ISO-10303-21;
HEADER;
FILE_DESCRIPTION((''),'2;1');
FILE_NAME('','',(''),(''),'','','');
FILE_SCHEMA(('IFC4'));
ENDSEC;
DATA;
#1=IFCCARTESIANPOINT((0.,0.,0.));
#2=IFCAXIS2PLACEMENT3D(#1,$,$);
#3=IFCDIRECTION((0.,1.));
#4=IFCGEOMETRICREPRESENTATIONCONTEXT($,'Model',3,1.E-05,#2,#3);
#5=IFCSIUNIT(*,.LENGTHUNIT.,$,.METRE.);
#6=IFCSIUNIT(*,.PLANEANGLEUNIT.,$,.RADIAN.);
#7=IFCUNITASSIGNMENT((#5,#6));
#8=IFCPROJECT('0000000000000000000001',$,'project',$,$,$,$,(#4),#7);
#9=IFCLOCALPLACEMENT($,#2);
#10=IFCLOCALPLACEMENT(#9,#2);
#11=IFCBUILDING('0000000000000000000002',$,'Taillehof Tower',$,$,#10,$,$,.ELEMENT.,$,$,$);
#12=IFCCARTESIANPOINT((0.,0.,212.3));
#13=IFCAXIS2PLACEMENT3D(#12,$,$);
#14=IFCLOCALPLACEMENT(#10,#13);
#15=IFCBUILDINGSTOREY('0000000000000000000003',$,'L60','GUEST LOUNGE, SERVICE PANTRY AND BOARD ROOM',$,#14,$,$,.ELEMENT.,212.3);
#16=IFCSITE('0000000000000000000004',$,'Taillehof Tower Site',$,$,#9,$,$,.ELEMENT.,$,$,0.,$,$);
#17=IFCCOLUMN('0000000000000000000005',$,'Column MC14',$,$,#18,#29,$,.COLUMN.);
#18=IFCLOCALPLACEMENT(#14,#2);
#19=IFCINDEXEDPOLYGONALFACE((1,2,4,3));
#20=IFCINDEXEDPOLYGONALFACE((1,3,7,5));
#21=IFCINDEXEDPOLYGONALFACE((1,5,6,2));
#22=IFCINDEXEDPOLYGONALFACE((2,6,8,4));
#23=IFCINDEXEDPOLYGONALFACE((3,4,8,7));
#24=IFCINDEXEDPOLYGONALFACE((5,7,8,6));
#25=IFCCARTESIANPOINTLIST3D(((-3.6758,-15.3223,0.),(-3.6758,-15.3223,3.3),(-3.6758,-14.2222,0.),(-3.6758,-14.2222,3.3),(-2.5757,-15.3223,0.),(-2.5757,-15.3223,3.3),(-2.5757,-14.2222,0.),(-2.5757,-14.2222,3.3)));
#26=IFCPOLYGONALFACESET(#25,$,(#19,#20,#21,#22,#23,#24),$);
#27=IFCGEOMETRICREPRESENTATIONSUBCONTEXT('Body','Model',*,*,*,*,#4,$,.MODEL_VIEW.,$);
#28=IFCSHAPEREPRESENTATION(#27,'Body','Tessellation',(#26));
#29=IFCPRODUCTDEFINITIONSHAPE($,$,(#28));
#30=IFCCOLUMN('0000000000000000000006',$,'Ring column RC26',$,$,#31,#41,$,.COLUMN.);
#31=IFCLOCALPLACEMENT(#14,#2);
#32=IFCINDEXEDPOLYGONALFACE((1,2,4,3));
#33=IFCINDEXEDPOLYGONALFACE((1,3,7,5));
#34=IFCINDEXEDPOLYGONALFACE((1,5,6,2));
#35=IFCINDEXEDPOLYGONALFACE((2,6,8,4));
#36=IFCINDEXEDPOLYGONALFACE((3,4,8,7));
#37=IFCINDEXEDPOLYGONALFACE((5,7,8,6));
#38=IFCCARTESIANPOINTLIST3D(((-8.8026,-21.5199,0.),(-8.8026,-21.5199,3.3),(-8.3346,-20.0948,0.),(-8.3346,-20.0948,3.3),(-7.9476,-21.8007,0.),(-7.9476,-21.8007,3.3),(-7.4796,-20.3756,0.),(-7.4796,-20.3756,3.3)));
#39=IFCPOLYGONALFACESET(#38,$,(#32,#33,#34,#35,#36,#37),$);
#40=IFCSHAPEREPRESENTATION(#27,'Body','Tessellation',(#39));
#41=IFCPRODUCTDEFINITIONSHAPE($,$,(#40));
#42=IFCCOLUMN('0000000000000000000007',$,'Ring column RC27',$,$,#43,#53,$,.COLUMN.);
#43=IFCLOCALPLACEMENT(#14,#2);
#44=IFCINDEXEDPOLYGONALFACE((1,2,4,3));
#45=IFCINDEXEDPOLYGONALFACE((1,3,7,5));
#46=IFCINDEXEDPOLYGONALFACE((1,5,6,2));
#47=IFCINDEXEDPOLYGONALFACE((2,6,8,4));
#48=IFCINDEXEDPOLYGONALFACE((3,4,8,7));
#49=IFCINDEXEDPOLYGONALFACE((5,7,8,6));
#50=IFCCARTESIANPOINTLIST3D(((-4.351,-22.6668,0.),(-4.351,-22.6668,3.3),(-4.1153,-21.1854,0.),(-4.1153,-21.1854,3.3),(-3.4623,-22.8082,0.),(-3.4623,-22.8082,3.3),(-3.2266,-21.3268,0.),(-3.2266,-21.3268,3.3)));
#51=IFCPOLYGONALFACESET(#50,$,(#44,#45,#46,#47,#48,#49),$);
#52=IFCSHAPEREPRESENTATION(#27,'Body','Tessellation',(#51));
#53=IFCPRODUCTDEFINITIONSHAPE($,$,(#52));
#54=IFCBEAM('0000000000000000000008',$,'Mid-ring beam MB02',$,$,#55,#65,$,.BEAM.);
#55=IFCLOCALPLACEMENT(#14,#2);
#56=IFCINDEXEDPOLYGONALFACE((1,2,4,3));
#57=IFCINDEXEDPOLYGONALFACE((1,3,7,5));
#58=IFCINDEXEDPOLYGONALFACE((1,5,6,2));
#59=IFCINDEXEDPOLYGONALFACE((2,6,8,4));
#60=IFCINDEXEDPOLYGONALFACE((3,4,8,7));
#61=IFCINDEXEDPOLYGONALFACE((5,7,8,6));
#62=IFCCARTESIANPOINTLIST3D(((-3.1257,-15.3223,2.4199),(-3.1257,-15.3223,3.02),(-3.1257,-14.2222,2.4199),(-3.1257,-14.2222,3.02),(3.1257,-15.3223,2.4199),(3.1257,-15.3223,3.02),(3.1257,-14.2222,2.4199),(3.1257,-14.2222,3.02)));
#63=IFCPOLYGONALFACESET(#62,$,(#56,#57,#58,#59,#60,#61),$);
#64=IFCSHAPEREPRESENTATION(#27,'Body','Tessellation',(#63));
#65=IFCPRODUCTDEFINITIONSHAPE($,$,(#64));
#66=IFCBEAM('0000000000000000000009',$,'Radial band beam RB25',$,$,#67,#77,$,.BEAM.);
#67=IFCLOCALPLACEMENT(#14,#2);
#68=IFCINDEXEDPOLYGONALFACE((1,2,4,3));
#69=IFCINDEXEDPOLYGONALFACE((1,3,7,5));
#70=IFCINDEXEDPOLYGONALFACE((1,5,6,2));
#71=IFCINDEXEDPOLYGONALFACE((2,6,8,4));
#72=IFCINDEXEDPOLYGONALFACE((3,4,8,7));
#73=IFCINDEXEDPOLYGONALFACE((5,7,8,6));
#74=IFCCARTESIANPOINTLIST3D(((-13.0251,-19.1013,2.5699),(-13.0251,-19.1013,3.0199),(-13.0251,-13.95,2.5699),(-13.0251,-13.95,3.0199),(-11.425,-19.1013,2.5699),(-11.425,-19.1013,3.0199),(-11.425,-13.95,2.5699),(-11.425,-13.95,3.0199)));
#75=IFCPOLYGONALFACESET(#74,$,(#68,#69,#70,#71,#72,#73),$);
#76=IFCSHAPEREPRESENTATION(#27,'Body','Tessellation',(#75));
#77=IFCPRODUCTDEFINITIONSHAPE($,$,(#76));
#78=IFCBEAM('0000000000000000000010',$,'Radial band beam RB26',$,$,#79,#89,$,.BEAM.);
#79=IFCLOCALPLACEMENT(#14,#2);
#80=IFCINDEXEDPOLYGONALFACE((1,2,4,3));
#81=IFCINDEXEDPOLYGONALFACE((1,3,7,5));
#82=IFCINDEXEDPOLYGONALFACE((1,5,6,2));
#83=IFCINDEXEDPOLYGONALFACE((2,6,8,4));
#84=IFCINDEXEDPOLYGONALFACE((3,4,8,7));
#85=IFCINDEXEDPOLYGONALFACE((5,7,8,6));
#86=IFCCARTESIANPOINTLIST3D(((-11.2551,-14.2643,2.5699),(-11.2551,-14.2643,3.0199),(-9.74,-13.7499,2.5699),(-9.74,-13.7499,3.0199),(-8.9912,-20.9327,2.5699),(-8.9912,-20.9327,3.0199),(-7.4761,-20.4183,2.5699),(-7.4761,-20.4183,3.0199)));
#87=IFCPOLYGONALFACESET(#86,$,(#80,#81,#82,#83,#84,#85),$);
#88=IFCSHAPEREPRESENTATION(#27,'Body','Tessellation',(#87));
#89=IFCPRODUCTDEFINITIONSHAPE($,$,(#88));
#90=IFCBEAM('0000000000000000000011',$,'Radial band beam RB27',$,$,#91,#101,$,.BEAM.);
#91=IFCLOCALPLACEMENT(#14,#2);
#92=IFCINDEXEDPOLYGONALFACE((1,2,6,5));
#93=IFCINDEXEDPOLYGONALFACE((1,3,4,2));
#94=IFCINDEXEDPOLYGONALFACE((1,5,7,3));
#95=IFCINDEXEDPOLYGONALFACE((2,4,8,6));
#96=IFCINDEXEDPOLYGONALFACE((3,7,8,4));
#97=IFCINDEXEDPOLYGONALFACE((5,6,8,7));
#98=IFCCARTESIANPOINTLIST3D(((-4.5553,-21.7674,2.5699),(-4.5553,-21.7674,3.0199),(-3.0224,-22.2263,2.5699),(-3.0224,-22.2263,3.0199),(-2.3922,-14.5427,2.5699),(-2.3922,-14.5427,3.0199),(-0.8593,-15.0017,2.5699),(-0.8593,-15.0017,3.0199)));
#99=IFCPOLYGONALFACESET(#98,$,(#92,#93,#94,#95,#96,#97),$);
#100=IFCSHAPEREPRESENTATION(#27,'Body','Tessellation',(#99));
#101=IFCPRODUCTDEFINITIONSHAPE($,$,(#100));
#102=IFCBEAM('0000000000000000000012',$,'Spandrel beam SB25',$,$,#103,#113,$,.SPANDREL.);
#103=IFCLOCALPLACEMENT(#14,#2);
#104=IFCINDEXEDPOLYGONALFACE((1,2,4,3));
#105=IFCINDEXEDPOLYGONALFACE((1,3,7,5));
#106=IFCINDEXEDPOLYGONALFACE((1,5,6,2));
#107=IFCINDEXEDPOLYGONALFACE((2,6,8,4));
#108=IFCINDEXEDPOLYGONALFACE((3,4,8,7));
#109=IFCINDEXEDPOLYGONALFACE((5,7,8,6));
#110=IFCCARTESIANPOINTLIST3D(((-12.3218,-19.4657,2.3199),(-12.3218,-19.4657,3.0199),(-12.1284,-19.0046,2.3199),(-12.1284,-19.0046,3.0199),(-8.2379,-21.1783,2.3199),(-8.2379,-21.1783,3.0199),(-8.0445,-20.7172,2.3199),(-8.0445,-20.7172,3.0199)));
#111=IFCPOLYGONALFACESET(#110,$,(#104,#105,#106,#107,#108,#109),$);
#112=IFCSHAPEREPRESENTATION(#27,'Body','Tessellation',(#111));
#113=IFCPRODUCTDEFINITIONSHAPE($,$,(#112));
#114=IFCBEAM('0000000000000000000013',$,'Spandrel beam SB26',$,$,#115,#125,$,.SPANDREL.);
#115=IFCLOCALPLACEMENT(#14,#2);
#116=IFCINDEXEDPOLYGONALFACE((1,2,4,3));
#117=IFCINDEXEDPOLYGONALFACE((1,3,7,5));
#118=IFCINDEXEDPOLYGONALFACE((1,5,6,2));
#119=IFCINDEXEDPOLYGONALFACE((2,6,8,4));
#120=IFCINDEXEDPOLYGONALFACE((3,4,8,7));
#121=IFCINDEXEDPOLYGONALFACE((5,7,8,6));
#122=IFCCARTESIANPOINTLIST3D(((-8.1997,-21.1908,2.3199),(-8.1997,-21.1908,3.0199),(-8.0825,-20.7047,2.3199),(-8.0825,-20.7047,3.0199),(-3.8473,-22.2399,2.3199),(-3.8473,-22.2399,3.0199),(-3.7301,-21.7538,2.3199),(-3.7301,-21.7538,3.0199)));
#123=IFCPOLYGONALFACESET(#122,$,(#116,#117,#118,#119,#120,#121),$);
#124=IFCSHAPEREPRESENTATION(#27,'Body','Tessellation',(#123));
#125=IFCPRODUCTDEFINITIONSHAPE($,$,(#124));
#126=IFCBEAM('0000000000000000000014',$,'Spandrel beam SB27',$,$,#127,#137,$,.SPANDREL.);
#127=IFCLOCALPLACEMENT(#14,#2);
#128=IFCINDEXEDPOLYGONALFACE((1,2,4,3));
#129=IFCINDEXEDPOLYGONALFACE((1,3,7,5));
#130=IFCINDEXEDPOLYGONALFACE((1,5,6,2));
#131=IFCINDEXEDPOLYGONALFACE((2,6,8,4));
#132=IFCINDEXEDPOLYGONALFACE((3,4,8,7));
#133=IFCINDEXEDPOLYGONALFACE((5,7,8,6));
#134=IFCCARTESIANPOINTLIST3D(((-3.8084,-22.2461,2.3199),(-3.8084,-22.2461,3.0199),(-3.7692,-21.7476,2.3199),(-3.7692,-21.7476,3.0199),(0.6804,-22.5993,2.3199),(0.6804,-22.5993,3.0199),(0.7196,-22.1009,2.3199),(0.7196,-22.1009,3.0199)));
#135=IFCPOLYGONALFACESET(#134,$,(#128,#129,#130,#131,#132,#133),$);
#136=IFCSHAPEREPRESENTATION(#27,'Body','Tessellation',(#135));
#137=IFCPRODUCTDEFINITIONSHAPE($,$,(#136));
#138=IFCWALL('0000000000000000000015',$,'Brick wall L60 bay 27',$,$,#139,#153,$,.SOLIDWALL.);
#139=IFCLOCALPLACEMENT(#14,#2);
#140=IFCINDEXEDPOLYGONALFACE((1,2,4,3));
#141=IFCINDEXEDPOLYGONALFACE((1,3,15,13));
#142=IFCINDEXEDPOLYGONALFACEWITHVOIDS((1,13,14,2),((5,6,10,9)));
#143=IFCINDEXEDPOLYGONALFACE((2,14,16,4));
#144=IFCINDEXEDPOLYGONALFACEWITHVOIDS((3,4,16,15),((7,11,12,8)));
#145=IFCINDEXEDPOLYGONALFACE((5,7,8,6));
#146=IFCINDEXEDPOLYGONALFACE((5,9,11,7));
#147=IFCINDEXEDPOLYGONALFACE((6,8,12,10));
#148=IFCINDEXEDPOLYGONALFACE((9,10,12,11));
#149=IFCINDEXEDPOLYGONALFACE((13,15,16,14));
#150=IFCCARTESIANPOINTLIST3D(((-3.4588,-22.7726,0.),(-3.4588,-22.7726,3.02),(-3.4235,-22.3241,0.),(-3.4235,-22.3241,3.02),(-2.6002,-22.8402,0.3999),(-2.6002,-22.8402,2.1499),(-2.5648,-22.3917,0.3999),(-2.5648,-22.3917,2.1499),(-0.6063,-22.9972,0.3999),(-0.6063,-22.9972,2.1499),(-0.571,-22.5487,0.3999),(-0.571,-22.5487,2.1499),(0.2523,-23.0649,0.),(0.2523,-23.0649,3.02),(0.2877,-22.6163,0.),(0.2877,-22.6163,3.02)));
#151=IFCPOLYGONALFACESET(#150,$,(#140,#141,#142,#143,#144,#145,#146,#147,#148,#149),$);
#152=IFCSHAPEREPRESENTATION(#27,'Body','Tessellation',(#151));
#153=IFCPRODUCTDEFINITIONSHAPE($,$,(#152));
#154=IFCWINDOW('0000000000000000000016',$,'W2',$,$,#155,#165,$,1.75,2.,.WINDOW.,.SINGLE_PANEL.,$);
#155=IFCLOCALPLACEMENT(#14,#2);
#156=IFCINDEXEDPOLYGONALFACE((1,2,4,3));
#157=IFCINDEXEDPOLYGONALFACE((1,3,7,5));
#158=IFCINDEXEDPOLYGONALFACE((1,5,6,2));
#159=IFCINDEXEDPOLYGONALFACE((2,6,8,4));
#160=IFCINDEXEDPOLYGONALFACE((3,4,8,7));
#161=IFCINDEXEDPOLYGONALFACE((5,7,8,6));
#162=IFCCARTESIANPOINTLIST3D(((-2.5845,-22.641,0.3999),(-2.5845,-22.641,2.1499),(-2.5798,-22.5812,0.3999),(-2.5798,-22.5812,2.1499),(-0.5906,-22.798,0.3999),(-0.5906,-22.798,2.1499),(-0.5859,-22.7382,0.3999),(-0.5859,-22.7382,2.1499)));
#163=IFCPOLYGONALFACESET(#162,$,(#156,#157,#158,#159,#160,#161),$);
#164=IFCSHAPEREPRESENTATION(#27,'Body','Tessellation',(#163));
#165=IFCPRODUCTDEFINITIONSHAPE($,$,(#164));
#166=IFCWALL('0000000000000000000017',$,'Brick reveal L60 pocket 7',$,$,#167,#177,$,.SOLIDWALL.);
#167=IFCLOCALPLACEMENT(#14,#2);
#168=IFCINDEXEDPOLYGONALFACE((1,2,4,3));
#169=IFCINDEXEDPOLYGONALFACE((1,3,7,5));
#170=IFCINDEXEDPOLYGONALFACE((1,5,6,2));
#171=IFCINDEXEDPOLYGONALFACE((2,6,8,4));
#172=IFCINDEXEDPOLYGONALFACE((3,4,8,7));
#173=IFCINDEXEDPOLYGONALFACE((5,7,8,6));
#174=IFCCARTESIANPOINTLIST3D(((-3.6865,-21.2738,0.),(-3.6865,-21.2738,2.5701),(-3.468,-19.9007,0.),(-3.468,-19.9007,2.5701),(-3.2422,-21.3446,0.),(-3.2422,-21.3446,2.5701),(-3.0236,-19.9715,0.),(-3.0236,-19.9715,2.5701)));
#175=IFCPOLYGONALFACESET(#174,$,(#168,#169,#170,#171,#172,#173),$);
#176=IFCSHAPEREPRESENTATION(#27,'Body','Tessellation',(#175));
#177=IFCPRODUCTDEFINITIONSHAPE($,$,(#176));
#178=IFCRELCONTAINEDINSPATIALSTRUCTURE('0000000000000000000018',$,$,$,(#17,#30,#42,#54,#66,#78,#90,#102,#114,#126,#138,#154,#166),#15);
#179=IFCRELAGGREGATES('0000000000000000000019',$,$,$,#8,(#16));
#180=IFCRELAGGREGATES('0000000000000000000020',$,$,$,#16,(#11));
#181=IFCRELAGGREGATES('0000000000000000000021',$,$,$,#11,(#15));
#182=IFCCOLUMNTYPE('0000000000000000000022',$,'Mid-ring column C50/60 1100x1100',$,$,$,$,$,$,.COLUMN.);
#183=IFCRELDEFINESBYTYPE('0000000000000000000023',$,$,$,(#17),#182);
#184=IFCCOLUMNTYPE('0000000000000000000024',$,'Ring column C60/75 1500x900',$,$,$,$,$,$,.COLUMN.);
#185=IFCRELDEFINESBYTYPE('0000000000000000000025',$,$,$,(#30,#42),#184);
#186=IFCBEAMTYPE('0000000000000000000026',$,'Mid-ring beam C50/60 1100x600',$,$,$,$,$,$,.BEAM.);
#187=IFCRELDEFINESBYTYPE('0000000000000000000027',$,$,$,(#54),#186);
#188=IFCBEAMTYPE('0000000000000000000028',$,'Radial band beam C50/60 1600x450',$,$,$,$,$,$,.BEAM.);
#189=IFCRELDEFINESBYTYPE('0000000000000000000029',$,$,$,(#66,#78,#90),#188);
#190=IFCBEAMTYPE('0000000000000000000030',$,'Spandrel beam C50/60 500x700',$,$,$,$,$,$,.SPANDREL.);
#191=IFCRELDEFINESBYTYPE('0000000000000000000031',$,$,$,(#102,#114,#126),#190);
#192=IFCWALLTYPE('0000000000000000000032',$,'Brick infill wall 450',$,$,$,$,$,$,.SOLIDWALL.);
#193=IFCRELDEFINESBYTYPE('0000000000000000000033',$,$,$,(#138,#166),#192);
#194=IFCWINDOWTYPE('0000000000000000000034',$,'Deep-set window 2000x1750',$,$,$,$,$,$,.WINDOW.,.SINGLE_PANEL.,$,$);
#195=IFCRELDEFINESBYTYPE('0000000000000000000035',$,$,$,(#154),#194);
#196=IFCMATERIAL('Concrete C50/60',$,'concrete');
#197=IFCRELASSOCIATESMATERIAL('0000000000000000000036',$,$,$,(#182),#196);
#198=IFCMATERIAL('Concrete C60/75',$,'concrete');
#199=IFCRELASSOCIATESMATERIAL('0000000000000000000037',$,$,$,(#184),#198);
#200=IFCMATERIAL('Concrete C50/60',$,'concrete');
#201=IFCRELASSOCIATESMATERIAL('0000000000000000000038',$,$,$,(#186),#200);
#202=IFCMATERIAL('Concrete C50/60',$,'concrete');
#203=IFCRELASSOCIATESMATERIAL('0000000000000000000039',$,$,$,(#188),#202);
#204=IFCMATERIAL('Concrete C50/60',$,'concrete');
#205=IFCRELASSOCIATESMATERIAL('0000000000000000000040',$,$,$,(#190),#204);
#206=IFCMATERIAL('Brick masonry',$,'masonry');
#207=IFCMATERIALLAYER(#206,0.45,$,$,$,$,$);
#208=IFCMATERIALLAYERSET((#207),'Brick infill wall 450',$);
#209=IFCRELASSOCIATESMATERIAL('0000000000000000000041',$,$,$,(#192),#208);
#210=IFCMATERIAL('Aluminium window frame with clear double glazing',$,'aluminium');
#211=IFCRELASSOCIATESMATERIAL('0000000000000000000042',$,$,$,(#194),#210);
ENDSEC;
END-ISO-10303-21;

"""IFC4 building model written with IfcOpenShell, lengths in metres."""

from ifc_helpers import new_model, si_unit, direction, frame, frame_2d, origin, origin_2d, place, context, subcontext, project, spatial, rectangle, extrude, material, layer, layer_set, material_profile, profile_set, type_object, element, fill, save


model = new_model("IFC4")

# Units and contexts
model_context = context("Model", 3, precision=1e-05, world=origin(), true_north=direction((0.0, 1.0)))
body_context = subcontext(model_context, "Body", "Model", "MODEL_VIEW")
ifc_project = project(units=[si_unit("LENGTHUNIT", "METRE"), si_unit("PLANEANGLEUNIT", "RADIAN")], contexts=[model_context])

# Site, building, storey
site_placement = place(None, origin())
site = spatial("IfcSite", under=ifc_project, at=site_placement, Name="Taillehof Tower Site", CompositionType="ELEMENT", RefElevation=0.0)
building_placement = place(site_placement, origin())
building = spatial("IfcBuilding", under=site, at=building_placement, Name="Taillehof Tower", CompositionType="ELEMENT")
storey_placement = place(building_placement, frame((0.0, 0.0, 212.3)))
storey = spatial("IfcBuildingStorey", under=building, at=storey_placement, Name="L60", Description="GUEST LOUNGE, SERVICE PANTRY AND BOARD ROOM", CompositionType="ELEMENT", Elevation=212.3)

# Columns
ifc_material_1 = material(Name="Concrete C50/60", Category="concrete")
ifc_material_profile_1 = material_profile(ifc_material_1, rectangle(XDim=1.1001, YDim=1.1001, at=origin_2d()), Name="RC 1100x1100")
ifc_profile_set_1 = profile_set([ifc_material_profile_1], Name="Concrete C50/60")
column_type_1 = type_object("IfcColumnType", Name="Mid-ring column C50/60 1100x1100", PredefinedType="COLUMN", material=ifc_profile_set_1)
column_placement = place(storey_placement, frame((-3.1257, -14.7722, 0.0), z_axis=(0.0, 0.0, 1.0), x_axis=(1.0, 0.0, 0.0)))
element("IfcColumn", 1, at=column_placement, inside=storey, type_object=column_type_1, Name="Column MC14", PredefinedType="COLUMN", context=body_context, shape_type="SweptSolid", body=[
    extrude(rectangle(XDim=1.1001, YDim=1.1001, at=origin_2d()), origin(), (0.0, 0.0, 1.0), 3.3),
])
ifc_material_2 = material(Name="Concrete C60/75", Category="concrete")
ifc_material_profile_2 = material_profile(ifc_material_2, rectangle(XDim=1.5, YDim=0.8999, at=origin_2d()), Name="RC 1500x900")
ifc_profile_set_2 = profile_set([ifc_material_profile_2], Name="Concrete C60/75")
column_type_2 = type_object("IfcColumnType", Name="Ring column C60/75 1500x900", PredefinedType="COLUMN", material=ifc_profile_set_2)
for number, where, z_axis, x_axis, name in (
    (2, (-8.1411, -20.9478, 0.0), (0.0, 0.0, 1.0), (-0.312001, -0.950082, 0.0), "Ring column RC26"),
    (3, (-3.7888, -21.9968, 0.0), (0.0, 0.0, 1.0), (-0.157116, -0.98758, 0.0), "Ring column RC27"),
):
    element("IfcColumn", number, at=place(storey_placement, frame(where, z_axis=z_axis, x_axis=x_axis)), inside=storey, type_object=column_type_2, Name=name, PredefinedType="COLUMN", context=body_context, shape_type="SweptSolid", body=[
        extrude(rectangle(XDim=1.5, YDim=0.8999, at=origin_2d()), origin(), (0.0, 0.0, 1.0), 3.3),
    ])

# Beams
ifc_material_3 = material(Name="Concrete C50/60", Category="concrete")
ifc_material_profile_3 = material_profile(ifc_material_3, rectangle(XDim=1.1001, YDim=0.6001, at=origin_2d()), Name="RC 1100x600")
ifc_profile_set_3 = profile_set([ifc_material_profile_3], Name="Concrete C50/60")
beam_type_1 = type_object("IfcBeamType", Name="Mid-ring beam C50/60 1100x600", PredefinedType="BEAM", material=ifc_profile_set_3)
beam_1_placement = place(storey_placement, frame((-3.1257, -14.7722, 2.72), z_axis=(1.0, 0.0, 0.0), x_axis=(0.0, 1.0, 0.0)))
element("IfcBeam", 4, at=beam_1_placement, inside=storey, type_object=beam_type_1, Name="Mid-ring beam MB02", PredefinedType="BEAM", context=body_context, shape_type="SweptSolid", body=[
    extrude(rectangle(XDim=1.1001, YDim=0.6001, at=origin_2d()), origin(), (0.0, 0.0, 1.0), 6.2515),
])
ifc_material_4 = material(Name="Concrete C50/60", Category="concrete")
ifc_material_profile_4 = material_profile(ifc_material_4, rectangle(XDim=1.6001, YDim=0.45, at=origin_2d()), Name="RC 1600x450")
ifc_profile_set_4 = profile_set([ifc_material_profile_4], Name="Concrete C50/60")
beam_type_2 = type_object("IfcBeamType", Name="Radial band beam C50/60 1600x450", PredefinedType="BEAM", material=ifc_profile_set_4)
beam_2_placement = place(storey_placement, frame((-12.2251, -19.1013, 2.7949), z_axis=(0.0, 1.0, 0.0), x_axis=(-1.0, 0.0, 0.0)))
element("IfcBeam", 5, at=beam_2_placement, inside=storey, type_object=beam_type_2, Name="Radial band beam RB25", PredefinedType="BEAM", context=body_context, shape_type="SweptSolid", body=[
    extrude(rectangle(XDim=1.6001, YDim=0.45, at=origin_2d()), origin(), (0.0, 0.0, 1.0), 5.1514),
])
beam_3_placement = place(storey_placement, frame((-8.2336, -20.6755, 2.7949), z_axis=(-0.321475, 0.946918, 0.0), x_axis=(-0.946918, -0.321475, 0.0)))
element("IfcBeam", 6, at=beam_3_placement, inside=storey, type_object=beam_type_2, Name="Radial band beam RB26", PredefinedType="BEAM", context=body_context, shape_type="SweptSolid", body=[
    extrude(rectangle(XDim=1.6001, YDim=0.45, at=origin_2d()), origin(), (0.0, 0.0, 1.0), 7.0422),
])
beam_4_placement = place(storey_placement, frame((-3.7888, -21.9968, 2.7949), z_axis=(0.286825, 0.957983, 0.0), x_axis=(-0.957983, 0.286825, 0.0)))
element("IfcBeam", 7, at=beam_4_placement, inside=storey, type_object=beam_type_2, Name="Radial band beam RB27", PredefinedType="BEAM", context=body_context, shape_type="SweptSolid", body=[
    extrude(rectangle(XDim=1.6001, YDim=0.45, at=origin_2d()), origin(), (0.0, 0.0, 1.0), 7.5415),
])
ifc_material_5 = material(Name="Concrete C50/60", Category="concrete")
ifc_material_profile_5 = material_profile(ifc_material_5, rectangle(XDim=0.5, YDim=0.7, at=origin_2d()), Name="RC 500x700")
ifc_profile_set_5 = profile_set([ifc_material_profile_5], Name="Concrete C50/60")
beam_type_3 = type_object("IfcBeamType", Name="Spandrel beam C50/60 500x700", PredefinedType="SPANDREL", material=ifc_profile_set_5)
beam_5_placement = place(storey_placement, frame((-12.2251, -19.2351, 2.6699), z_axis=(0.922194, -0.386728, 0.0), x_axis=(0.386728, 0.922194, 0.0)))
element("IfcBeam", 8, at=beam_5_placement, inside=storey, type_object=beam_type_3, Name="Spandrel beam SB25", PredefinedType="SPANDREL", context=body_context, shape_type="SweptSolid", body=[
    extrude(rectangle(XDim=0.5, YDim=0.7, at=origin_2d()), origin(), (0.0, 0.0, 1.0), 4.4285),
])
beam_6_placement = place(storey_placement, frame((-8.1411, -20.9478, 2.6699), z_axis=(0.972158, -0.234328, 0.0), x_axis=(0.234328, 0.972158, 0.0)))
element("IfcBeam", 9, at=beam_6_placement, inside=storey, type_object=beam_type_3, Name="Spandrel beam SB26", PredefinedType="SPANDREL", context=body_context, shape_type="SweptSolid", body=[
    extrude(rectangle(XDim=0.5, YDim=0.7, at=origin_2d()), origin(), (0.0, 0.0, 1.0), 4.4771),
])
beam_7_placement = place(storey_placement, frame((-3.7888, -21.9968, 2.6699), z_axis=(0.996917, -0.078459, 0.0), x_axis=(0.078459, 0.996917, 0.0)))
element("IfcBeam", 10, at=beam_7_placement, inside=storey, type_object=beam_type_3, Name="Spandrel beam SB27", PredefinedType="SPANDREL", context=body_context, shape_type="SweptSolid", body=[
    extrude(rectangle(XDim=0.5, YDim=0.7, at=origin_2d()), origin(), (0.0, 0.0, 1.0), 4.5027),
])

# Wall, opening, window
ifc_material_6 = material(Name="Brick masonry", Category="masonry")
ifc_layer_1 = layer(ifc_material_6, 0.45)
ifc_layer_set_1 = layer_set([ifc_layer_1], Name="Brick infill wall 450")
wall_type_1 = type_object("IfcWallType", Name="Brick infill wall 450", PredefinedType="SOLIDWALL", material=ifc_layer_set_1)
wall_1_placement = place(storey_placement, frame((-3.4412, -22.5483, 0.0), z_axis=(0.0, 0.0, 1.0), x_axis=(0.996914, -0.078502, 0.0)))
wall_1 = element("IfcWall", 11, at=wall_1_placement, inside=storey, type_object=wall_type_1, Name="Brick wall L60 bay 27", PredefinedType="SOLIDWALL", context=body_context, shape_type="SweptSolid", body=[
    extrude(rectangle(XDim=3.7227, YDim=0.45, at=frame_2d((1.8613, 0.0))), origin(), (0.0, 0.0, 1.0), 3.02),
])
opening_1_placement = place(wall_1_placement, frame((0.8613, 0.0, 0.3999)))
opening_1 = element("IfcOpeningElement", 12, at=opening_1_placement, cuts=wall_1, PredefinedType="OPENING", context=body_context, shape_type="SweptSolid", body=[
    extrude(rectangle(XDim=2.0, YDim=1.75, at=frame_2d((1.0, 0.875))), frame((0.0, 0.2349, 0.0), z_axis=(0.0, -1.0, 0.0), x_axis=(1.0, 0.0, 0.0)), (0.0, 0.0, 1.0), 0.47),
])
ifc_material_7 = material(Name="Aluminium window frame with clear double glazing", Category="aluminium")
window_type_1 = type_object("IfcWindowType", Name="Deep-set window 2000x1750", PartitioningType="SINGLE_PANEL", PredefinedType="WINDOW", material=ifc_material_7)
window_1_placement = place(opening_1_placement, origin())
window_1 = element("IfcWindow", 13, at=window_1_placement, inside=storey, type_object=window_type_1, Name="W2", OverallHeight=1.75, OverallWidth=2.0, PartitioningType="SINGLE_PANEL", PredefinedType="WINDOW", context=body_context, shape_type="SweptSolid", body=[
    extrude(rectangle(XDim=2.0, YDim=1.75, at=frame_2d((1.0, 0.875))), frame((0.0, 0.0349, 0.0), z_axis=(0.0, -1.0, 0.0), x_axis=(1.0, 0.0, 0.0)), (0.0, 0.0, 1.0), 0.0601),
])
fill(opening_1, window_1)

# Wall
wall_2_placement = place(storey_placement, frame((-3.4644, -21.3093, 0.0), z_axis=(0.0, 0.0, 1.0), x_axis=(0.157162, 0.987573, 0.0)))
element("IfcWall", 14, at=wall_2_placement, inside=storey, type_object=wall_type_1, Name="Brick reveal L60 pocket 7", PredefinedType="SOLIDWALL", context=body_context, shape_type="SweptSolid", body=[
    extrude(rectangle(XDim=1.3904, YDim=0.45, at=frame_2d((0.6953, 0.0))), origin(), (0.0, 0.0, 1.0), 2.5701),
])

save(model, "model.ifc")
